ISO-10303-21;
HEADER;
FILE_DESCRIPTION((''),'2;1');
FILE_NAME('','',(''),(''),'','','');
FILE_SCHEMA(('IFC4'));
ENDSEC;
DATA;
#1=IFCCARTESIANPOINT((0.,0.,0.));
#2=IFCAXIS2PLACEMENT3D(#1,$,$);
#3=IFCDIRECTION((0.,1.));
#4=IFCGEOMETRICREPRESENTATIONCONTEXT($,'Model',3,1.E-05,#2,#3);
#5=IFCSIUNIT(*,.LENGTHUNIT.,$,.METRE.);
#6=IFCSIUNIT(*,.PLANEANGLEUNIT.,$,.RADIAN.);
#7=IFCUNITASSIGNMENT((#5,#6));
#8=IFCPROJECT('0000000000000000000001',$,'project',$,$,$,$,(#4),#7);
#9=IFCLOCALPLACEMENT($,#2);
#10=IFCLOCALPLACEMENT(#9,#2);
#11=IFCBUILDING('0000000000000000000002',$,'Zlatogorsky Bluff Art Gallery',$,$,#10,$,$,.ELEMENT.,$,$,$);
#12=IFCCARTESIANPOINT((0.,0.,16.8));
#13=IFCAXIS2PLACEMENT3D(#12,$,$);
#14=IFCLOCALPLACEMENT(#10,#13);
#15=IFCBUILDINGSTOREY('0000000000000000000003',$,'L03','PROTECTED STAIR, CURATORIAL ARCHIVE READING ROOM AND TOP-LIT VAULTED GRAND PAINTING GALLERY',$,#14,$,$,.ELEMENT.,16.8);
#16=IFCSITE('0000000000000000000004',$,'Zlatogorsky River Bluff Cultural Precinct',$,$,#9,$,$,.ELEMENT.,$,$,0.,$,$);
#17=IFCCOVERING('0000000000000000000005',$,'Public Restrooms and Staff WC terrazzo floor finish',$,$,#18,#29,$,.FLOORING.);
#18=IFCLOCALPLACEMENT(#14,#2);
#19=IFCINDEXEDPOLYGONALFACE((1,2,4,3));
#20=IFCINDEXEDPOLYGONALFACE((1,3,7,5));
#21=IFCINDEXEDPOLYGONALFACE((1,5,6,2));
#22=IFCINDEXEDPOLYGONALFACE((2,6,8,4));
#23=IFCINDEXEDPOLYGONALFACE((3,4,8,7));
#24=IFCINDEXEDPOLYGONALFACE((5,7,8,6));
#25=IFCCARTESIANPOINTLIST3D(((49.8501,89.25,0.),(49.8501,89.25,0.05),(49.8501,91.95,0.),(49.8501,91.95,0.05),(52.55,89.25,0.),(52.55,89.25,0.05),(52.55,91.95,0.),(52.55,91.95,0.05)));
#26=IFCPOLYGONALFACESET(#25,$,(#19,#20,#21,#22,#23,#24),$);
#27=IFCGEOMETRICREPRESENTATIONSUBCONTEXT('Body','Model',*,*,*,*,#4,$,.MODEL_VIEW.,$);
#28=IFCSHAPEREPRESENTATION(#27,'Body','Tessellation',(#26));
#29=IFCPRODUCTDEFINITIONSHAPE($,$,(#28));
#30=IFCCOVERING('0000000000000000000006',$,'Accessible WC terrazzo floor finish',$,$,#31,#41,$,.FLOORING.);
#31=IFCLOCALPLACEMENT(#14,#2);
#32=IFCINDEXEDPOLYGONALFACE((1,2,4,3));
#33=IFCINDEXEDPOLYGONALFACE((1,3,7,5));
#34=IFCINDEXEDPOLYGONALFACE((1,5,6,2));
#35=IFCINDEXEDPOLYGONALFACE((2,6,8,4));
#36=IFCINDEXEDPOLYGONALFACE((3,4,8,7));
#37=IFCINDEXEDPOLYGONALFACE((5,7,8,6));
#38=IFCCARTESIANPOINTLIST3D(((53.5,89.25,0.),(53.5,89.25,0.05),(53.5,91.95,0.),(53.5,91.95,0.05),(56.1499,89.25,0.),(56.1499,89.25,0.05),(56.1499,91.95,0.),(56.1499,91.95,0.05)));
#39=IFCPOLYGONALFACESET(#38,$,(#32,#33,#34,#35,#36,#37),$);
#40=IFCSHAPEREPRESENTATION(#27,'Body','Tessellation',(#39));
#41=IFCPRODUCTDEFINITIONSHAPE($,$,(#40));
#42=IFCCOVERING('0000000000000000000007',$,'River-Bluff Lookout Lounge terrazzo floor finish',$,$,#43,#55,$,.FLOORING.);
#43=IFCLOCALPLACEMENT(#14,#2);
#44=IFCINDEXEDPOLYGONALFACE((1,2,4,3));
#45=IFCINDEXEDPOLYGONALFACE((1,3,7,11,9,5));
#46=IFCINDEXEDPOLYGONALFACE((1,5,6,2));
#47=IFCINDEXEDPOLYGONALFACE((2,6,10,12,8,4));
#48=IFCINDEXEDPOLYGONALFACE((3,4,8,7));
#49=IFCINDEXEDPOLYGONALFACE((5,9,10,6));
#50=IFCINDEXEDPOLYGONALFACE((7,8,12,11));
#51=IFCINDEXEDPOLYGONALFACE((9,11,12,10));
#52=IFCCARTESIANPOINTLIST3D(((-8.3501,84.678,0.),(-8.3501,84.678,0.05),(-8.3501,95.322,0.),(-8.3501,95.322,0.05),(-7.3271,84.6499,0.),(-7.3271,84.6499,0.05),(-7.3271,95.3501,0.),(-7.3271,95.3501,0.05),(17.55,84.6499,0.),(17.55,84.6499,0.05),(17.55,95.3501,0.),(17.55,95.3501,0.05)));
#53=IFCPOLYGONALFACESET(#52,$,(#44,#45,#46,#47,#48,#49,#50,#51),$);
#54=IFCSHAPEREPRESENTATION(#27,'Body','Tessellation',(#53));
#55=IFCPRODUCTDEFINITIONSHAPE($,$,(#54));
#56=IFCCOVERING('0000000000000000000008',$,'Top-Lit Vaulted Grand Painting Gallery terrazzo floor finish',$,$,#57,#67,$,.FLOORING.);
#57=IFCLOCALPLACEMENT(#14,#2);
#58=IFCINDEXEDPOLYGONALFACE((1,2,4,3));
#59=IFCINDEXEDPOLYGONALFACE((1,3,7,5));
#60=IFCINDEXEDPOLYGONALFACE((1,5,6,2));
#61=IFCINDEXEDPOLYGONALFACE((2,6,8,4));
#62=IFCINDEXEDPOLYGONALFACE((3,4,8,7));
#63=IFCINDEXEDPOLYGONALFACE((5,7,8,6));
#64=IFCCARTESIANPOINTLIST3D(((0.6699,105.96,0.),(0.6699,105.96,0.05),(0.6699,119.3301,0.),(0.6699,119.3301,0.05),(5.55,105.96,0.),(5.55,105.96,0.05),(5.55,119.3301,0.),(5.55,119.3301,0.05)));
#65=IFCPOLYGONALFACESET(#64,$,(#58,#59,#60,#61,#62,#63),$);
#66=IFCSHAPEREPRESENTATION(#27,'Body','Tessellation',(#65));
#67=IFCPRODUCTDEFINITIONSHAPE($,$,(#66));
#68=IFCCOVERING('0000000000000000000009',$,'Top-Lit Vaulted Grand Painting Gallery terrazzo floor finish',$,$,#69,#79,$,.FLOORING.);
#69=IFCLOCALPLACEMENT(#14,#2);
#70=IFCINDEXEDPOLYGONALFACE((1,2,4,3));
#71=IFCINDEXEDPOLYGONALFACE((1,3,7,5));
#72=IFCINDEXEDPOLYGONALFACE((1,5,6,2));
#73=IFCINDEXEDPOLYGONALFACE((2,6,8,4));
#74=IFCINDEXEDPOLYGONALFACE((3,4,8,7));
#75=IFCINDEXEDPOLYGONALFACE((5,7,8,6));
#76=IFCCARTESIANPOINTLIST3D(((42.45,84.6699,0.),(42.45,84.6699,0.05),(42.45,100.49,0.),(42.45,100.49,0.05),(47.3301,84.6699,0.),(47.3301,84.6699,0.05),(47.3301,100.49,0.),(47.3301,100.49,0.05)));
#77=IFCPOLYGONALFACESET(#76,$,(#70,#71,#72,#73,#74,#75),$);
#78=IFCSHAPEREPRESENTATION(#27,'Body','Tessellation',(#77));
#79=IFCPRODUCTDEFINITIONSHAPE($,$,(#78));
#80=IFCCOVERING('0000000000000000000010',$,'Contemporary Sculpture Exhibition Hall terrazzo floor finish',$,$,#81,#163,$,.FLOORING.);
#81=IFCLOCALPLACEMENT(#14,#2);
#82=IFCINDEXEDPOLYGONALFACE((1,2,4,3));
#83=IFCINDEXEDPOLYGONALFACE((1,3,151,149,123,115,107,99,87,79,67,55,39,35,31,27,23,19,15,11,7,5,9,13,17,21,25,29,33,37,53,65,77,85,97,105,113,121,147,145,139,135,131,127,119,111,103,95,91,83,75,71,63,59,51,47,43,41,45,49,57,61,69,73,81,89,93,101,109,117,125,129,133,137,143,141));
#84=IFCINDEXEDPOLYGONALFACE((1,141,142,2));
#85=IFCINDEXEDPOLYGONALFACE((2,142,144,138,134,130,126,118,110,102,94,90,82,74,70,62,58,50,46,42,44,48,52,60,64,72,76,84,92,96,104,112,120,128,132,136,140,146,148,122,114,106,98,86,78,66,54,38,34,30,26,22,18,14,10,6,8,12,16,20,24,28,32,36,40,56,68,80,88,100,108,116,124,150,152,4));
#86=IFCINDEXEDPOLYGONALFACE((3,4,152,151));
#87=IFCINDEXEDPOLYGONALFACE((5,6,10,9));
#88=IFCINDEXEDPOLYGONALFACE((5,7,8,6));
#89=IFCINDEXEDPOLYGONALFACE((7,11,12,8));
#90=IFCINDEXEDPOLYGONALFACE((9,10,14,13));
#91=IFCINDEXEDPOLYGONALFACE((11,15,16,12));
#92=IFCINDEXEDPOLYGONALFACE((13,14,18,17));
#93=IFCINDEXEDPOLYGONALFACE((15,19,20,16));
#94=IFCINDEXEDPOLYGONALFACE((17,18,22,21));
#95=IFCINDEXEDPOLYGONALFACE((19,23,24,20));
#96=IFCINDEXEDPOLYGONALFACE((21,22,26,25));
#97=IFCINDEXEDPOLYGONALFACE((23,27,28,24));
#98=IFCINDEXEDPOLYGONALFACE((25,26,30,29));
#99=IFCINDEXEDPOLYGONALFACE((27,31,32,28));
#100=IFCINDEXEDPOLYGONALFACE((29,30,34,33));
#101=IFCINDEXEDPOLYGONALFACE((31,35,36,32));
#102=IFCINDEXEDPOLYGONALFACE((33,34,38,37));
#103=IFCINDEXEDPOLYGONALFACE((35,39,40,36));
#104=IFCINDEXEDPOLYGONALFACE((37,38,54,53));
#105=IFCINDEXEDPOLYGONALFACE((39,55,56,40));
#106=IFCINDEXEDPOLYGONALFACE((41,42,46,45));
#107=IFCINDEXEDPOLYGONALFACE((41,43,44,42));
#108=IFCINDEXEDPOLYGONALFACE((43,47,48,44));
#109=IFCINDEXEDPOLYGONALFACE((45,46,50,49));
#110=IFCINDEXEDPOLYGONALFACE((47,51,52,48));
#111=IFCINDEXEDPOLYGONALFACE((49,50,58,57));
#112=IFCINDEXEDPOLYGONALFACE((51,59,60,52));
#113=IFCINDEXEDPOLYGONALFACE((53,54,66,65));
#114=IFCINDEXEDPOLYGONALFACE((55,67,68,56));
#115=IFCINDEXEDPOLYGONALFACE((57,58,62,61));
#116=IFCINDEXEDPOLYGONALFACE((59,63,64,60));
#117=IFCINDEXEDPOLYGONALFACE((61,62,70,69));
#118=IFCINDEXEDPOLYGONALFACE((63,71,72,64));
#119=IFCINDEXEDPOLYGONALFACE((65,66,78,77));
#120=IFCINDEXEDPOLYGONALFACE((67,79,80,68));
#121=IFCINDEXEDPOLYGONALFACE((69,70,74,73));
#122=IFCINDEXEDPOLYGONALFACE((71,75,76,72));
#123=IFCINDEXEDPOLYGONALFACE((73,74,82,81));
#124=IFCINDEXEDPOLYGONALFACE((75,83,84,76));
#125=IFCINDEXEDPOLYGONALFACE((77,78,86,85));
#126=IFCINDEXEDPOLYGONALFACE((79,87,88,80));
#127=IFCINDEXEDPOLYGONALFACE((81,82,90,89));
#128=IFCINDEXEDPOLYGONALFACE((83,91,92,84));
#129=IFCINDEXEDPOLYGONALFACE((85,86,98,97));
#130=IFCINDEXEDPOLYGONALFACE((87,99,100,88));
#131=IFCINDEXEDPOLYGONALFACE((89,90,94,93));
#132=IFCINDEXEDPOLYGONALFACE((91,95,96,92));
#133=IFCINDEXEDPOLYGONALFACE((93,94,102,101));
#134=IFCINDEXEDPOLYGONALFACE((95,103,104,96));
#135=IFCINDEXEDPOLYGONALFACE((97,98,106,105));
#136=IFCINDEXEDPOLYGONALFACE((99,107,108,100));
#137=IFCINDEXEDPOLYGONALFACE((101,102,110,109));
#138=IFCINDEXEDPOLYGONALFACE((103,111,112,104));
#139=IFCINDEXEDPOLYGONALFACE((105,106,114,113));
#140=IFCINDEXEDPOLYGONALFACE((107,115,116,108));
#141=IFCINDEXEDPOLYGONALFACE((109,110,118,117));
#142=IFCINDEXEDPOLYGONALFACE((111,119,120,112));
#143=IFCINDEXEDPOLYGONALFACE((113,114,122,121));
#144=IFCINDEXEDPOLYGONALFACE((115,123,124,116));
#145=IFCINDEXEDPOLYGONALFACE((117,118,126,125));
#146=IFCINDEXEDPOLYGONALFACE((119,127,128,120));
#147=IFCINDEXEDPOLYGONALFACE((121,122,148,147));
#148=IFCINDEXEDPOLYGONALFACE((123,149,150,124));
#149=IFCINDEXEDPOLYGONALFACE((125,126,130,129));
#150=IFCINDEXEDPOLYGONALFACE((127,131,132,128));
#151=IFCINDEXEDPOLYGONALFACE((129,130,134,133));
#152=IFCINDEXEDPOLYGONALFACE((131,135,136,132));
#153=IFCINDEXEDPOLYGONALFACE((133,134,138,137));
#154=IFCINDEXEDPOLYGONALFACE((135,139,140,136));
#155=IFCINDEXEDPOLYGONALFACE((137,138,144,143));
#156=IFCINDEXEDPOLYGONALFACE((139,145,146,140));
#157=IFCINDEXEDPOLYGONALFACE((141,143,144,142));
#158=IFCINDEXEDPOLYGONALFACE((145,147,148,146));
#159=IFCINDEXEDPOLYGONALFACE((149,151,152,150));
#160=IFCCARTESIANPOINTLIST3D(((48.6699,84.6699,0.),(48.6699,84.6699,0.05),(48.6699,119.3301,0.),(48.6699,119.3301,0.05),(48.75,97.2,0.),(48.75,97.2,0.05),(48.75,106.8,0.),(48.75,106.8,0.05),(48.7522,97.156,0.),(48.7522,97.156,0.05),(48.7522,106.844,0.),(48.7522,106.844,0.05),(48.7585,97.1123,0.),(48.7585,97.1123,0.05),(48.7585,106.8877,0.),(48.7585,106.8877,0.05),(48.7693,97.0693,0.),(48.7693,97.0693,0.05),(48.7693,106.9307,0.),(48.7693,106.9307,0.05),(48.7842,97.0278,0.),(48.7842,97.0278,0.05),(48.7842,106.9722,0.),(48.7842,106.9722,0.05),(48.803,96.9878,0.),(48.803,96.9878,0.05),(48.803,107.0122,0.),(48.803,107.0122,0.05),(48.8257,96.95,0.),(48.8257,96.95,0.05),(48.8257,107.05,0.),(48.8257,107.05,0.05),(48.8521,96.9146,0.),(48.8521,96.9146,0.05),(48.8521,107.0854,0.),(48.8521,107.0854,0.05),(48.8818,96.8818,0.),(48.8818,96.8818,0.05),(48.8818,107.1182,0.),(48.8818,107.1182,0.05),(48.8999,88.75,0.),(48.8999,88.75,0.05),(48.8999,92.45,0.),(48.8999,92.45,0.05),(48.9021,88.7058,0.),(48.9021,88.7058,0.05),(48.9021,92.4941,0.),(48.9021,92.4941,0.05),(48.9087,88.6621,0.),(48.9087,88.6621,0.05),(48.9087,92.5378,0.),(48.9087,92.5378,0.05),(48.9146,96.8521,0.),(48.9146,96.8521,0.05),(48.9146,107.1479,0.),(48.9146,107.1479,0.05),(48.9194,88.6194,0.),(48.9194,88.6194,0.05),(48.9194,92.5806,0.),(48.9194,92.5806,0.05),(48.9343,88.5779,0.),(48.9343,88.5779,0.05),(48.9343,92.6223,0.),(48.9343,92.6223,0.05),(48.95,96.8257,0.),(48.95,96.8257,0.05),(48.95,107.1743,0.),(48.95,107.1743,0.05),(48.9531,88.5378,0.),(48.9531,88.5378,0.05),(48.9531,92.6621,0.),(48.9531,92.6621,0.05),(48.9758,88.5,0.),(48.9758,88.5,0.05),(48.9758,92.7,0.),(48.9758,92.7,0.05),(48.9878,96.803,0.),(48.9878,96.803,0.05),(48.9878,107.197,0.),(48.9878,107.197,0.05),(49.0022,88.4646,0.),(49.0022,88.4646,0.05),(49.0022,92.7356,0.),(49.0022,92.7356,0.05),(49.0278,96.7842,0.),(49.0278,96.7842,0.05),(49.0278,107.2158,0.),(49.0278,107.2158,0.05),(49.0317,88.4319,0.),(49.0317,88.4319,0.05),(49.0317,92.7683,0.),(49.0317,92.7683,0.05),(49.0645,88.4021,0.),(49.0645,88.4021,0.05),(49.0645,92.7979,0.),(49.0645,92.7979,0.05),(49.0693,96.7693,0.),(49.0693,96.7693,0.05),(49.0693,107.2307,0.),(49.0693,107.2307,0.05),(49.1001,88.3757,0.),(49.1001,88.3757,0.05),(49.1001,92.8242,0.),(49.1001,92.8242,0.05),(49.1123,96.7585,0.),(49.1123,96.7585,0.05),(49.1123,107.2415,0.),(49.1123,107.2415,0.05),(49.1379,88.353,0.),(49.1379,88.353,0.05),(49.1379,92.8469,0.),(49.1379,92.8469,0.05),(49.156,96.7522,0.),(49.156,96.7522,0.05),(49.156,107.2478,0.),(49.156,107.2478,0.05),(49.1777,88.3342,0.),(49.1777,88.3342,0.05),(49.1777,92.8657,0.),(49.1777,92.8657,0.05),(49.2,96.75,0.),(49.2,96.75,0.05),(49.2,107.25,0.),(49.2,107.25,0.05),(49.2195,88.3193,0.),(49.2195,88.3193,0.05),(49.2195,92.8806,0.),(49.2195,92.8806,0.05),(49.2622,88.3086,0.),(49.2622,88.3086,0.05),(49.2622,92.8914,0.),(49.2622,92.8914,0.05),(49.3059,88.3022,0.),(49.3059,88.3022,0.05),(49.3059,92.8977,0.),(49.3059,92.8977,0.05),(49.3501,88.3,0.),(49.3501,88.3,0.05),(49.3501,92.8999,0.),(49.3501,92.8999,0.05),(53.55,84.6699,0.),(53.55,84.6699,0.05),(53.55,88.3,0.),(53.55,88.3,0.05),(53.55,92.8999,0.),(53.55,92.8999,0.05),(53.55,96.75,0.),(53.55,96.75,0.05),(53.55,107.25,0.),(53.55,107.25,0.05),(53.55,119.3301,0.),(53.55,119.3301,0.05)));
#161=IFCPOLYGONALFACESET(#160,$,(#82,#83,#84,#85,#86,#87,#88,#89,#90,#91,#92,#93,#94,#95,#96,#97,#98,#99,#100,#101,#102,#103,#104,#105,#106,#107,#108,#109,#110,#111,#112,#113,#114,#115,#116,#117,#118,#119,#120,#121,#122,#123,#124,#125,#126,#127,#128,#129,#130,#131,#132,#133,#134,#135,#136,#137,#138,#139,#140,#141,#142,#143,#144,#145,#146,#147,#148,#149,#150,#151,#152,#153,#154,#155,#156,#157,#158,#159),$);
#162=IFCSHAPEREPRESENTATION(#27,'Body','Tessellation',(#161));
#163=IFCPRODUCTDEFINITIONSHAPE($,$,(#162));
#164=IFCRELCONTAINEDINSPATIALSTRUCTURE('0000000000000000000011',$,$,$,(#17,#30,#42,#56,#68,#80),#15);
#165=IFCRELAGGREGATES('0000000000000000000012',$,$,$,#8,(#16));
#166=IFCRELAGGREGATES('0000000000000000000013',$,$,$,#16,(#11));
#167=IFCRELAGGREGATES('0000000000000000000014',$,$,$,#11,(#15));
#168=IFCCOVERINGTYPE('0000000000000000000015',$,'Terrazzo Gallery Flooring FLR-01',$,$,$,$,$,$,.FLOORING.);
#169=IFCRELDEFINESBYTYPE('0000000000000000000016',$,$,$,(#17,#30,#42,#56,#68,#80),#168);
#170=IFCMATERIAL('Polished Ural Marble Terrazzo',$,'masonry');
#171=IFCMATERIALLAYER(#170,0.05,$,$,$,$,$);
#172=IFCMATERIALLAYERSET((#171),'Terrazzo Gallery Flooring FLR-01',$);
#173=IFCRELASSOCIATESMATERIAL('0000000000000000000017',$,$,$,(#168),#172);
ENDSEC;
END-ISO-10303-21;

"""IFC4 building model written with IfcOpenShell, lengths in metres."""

from ifc_helpers import new_model, si_unit, direction, frame, origin, place, context, subcontext, project, spatial, polyline, outline, extrude, material, layer, layer_set, type_object, element, save


model = new_model("IFC4")

# Units and contexts
model_context = context("Model", 3, precision=1e-05, world=origin(), true_north=direction((0.0, 1.0)))
body_context = subcontext(model_context, "Body", "Model", "MODEL_VIEW")
ifc_project = project(units=[si_unit("LENGTHUNIT", "METRE"), si_unit("PLANEANGLEUNIT", "RADIAN")], contexts=[model_context])

# Site, building, storey
site_placement = place(None, origin())
site = spatial("IfcSite", under=ifc_project, at=site_placement, Name="Zlatogorsky River Bluff Cultural Precinct", CompositionType="ELEMENT", RefElevation=0.0)
building_placement = place(site_placement, origin())
building = spatial("IfcBuilding", under=site, at=building_placement, Name="Zlatogorsky Bluff Art Gallery", CompositionType="ELEMENT")
storey_placement = place(building_placement, frame((0.0, 0.0, 16.8)))
storey = spatial("IfcBuildingStorey", under=building, at=storey_placement, Name="L03", Description="PROTECTED STAIR, CURATORIAL ARCHIVE READING ROOM AND TOP-LIT VAULTED GRAND PAINTING GALLERY", CompositionType="ELEMENT", Elevation=16.8)

# Coverings
ifc_material_1 = material(Name="Polished Ural Marble Terrazzo", Category="masonry")
ifc_layer_1 = layer(ifc_material_1, 0.05)
ifc_layer_set_1 = layer_set([ifc_layer_1], Name="Terrazzo Gallery Flooring FLR-01")
covering_type_1 = type_object("IfcCoveringType", Name="Terrazzo Gallery Flooring FLR-01", PredefinedType="FLOORING", material=ifc_layer_set_1)
covering_1_placement = place(storey_placement, origin())
element("IfcCovering", 1, at=covering_1_placement, inside=storey, type_object=covering_type_1, Name="Public Restrooms and Staff WC terrazzo floor finish", PredefinedType="FLOORING", context=body_context, shape_type="SweptSolid", body=[
    extrude(outline(polyline([(52.55, 91.95), (52.55, 89.25), (49.8501, 89.25), (49.8501, 91.95), (52.55, 91.95)])), origin(), (0.0, 0.0, 1.0), 0.05),
])
covering_2_placement = place(storey_placement, origin())
element("IfcCovering", 2, at=covering_2_placement, inside=storey, type_object=covering_type_1, Name="Accessible WC terrazzo floor finish", PredefinedType="FLOORING", context=body_context, shape_type="SweptSolid", body=[
    extrude(outline(polyline([(56.1499, 89.25), (53.5, 89.25), (53.5, 91.95), (56.1499, 91.95), (56.1499, 89.25)])), origin(), (0.0, 0.0, 1.0), 0.05),
])
covering_3_placement = place(storey_placement, origin())
element("IfcCovering", 3, at=covering_3_placement, inside=storey, type_object=covering_type_1, Name="River-Bluff Lookout Lounge terrazzo floor finish", PredefinedType="FLOORING", context=body_context, shape_type="SweptSolid", body=[
    extrude(outline(polyline([(-7.3271, 84.6499), (-8.3501, 84.678), (-8.3501, 95.322), (-7.3271, 95.3501), (17.55, 95.3501), (17.55, 84.6499), (-7.3271, 84.6499)])), origin(), (0.0, 0.0, 1.0), 0.05),
])
covering_4_placement = place(storey_placement, origin())
element("IfcCovering", 4, at=covering_4_placement, inside=storey, type_object=covering_type_1, Name="Top-Lit Vaulted Grand Painting Gallery terrazzo floor finish", PredefinedType="FLOORING", context=body_context, shape_type="SweptSolid", body=[
    extrude(outline(polyline([(0.6699, 119.3301), (5.55, 119.3301), (5.55, 105.96), (0.6699, 105.96), (0.6699, 119.3301)])), origin(), (0.0, 0.0, 1.0), 0.05),
])
covering_5_placement = place(storey_placement, origin())
element("IfcCovering", 5, at=covering_5_placement, inside=storey, type_object=covering_type_1, Name="Top-Lit Vaulted Grand Painting Gallery terrazzo floor finish", PredefinedType="FLOORING", context=body_context, shape_type="SweptSolid", body=[
    extrude(outline(polyline([(42.45, 84.6699), (42.45, 100.49), (47.3301, 100.49), (47.3301, 84.6699), (42.45, 84.6699)])), origin(), (0.0, 0.0, 1.0), 0.05),
])
covering_6_placement = place(storey_placement, origin())
element("IfcCovering", 6, at=covering_6_placement, inside=storey, type_object=covering_type_1, Name="Contemporary Sculpture Exhibition Hall terrazzo floor finish", PredefinedType="FLOORING", context=body_context, shape_type="SweptSolid", body=[
    extrude(outline(polyline([(53.55, 107.25), (49.2, 107.25), (49.156, 107.2478), (49.1123, 107.2415), (49.0693, 107.2307), (49.0278, 107.2158), (48.9878, 107.197), (48.95, 107.1743), (48.9146, 107.1479), (48.8818, 107.1182), (48.8521, 107.0854), (48.8257, 107.05), (48.803, 107.0122), (48.7842, 106.9722), (48.7693, 106.9307), (48.7585, 106.8877), (48.7522, 106.844), (48.75, 106.8), (48.75, 97.2), (48.7522, 97.156), (48.7585, 97.1123), (48.7693, 97.0693), (48.7842, 97.0278), (48.803, 96.9878), (48.8257, 96.95), (48.8521, 96.9146), (48.8818, 96.8818), (48.9146, 96.8521), (48.95, 96.8257), (48.9878, 96.803), (49.0278, 96.7842), (49.0693, 96.7693), (49.1123, 96.7585), (49.156, 96.7522), (49.2, 96.75), (53.55, 96.75), (53.55, 92.8999), (49.3501, 92.8999), (49.3059, 92.8977), (49.2622, 92.8914), (49.2195, 92.8806), (49.1777, 92.8657), (49.1379, 92.8469), (49.1001, 92.8242), (49.0645, 92.7979), (49.0317, 92.7683), (49.0022, 92.7356), (48.9758, 92.7), (48.9531, 92.6621), (48.9343, 92.6223), (48.9194, 92.5806), (48.9087, 92.5378), (48.9021, 92.4941), (48.8999, 92.45), (48.8999, 88.75), (48.9021, 88.7058), (48.9087, 88.6621), (48.9194, 88.6194), (48.9343, 88.5779), (48.9531, 88.5378), (48.9758, 88.5), (49.0022, 88.4646), (49.0317, 88.4319), (49.0645, 88.4021), (49.1001, 88.3757), (49.1379, 88.353), (49.1777, 88.3342), (49.2195, 88.3193), (49.2622, 88.3086), (49.3059, 88.3022), (49.3501, 88.3), (53.55, 88.3), (53.55, 84.6699), (48.6699, 84.6699), (48.6699, 119.3301), (53.55, 119.3301), (53.55, 107.25)])), origin(), (0.0, 0.0, 1.0), 0.05),
])

save(model, "model.ifc")
